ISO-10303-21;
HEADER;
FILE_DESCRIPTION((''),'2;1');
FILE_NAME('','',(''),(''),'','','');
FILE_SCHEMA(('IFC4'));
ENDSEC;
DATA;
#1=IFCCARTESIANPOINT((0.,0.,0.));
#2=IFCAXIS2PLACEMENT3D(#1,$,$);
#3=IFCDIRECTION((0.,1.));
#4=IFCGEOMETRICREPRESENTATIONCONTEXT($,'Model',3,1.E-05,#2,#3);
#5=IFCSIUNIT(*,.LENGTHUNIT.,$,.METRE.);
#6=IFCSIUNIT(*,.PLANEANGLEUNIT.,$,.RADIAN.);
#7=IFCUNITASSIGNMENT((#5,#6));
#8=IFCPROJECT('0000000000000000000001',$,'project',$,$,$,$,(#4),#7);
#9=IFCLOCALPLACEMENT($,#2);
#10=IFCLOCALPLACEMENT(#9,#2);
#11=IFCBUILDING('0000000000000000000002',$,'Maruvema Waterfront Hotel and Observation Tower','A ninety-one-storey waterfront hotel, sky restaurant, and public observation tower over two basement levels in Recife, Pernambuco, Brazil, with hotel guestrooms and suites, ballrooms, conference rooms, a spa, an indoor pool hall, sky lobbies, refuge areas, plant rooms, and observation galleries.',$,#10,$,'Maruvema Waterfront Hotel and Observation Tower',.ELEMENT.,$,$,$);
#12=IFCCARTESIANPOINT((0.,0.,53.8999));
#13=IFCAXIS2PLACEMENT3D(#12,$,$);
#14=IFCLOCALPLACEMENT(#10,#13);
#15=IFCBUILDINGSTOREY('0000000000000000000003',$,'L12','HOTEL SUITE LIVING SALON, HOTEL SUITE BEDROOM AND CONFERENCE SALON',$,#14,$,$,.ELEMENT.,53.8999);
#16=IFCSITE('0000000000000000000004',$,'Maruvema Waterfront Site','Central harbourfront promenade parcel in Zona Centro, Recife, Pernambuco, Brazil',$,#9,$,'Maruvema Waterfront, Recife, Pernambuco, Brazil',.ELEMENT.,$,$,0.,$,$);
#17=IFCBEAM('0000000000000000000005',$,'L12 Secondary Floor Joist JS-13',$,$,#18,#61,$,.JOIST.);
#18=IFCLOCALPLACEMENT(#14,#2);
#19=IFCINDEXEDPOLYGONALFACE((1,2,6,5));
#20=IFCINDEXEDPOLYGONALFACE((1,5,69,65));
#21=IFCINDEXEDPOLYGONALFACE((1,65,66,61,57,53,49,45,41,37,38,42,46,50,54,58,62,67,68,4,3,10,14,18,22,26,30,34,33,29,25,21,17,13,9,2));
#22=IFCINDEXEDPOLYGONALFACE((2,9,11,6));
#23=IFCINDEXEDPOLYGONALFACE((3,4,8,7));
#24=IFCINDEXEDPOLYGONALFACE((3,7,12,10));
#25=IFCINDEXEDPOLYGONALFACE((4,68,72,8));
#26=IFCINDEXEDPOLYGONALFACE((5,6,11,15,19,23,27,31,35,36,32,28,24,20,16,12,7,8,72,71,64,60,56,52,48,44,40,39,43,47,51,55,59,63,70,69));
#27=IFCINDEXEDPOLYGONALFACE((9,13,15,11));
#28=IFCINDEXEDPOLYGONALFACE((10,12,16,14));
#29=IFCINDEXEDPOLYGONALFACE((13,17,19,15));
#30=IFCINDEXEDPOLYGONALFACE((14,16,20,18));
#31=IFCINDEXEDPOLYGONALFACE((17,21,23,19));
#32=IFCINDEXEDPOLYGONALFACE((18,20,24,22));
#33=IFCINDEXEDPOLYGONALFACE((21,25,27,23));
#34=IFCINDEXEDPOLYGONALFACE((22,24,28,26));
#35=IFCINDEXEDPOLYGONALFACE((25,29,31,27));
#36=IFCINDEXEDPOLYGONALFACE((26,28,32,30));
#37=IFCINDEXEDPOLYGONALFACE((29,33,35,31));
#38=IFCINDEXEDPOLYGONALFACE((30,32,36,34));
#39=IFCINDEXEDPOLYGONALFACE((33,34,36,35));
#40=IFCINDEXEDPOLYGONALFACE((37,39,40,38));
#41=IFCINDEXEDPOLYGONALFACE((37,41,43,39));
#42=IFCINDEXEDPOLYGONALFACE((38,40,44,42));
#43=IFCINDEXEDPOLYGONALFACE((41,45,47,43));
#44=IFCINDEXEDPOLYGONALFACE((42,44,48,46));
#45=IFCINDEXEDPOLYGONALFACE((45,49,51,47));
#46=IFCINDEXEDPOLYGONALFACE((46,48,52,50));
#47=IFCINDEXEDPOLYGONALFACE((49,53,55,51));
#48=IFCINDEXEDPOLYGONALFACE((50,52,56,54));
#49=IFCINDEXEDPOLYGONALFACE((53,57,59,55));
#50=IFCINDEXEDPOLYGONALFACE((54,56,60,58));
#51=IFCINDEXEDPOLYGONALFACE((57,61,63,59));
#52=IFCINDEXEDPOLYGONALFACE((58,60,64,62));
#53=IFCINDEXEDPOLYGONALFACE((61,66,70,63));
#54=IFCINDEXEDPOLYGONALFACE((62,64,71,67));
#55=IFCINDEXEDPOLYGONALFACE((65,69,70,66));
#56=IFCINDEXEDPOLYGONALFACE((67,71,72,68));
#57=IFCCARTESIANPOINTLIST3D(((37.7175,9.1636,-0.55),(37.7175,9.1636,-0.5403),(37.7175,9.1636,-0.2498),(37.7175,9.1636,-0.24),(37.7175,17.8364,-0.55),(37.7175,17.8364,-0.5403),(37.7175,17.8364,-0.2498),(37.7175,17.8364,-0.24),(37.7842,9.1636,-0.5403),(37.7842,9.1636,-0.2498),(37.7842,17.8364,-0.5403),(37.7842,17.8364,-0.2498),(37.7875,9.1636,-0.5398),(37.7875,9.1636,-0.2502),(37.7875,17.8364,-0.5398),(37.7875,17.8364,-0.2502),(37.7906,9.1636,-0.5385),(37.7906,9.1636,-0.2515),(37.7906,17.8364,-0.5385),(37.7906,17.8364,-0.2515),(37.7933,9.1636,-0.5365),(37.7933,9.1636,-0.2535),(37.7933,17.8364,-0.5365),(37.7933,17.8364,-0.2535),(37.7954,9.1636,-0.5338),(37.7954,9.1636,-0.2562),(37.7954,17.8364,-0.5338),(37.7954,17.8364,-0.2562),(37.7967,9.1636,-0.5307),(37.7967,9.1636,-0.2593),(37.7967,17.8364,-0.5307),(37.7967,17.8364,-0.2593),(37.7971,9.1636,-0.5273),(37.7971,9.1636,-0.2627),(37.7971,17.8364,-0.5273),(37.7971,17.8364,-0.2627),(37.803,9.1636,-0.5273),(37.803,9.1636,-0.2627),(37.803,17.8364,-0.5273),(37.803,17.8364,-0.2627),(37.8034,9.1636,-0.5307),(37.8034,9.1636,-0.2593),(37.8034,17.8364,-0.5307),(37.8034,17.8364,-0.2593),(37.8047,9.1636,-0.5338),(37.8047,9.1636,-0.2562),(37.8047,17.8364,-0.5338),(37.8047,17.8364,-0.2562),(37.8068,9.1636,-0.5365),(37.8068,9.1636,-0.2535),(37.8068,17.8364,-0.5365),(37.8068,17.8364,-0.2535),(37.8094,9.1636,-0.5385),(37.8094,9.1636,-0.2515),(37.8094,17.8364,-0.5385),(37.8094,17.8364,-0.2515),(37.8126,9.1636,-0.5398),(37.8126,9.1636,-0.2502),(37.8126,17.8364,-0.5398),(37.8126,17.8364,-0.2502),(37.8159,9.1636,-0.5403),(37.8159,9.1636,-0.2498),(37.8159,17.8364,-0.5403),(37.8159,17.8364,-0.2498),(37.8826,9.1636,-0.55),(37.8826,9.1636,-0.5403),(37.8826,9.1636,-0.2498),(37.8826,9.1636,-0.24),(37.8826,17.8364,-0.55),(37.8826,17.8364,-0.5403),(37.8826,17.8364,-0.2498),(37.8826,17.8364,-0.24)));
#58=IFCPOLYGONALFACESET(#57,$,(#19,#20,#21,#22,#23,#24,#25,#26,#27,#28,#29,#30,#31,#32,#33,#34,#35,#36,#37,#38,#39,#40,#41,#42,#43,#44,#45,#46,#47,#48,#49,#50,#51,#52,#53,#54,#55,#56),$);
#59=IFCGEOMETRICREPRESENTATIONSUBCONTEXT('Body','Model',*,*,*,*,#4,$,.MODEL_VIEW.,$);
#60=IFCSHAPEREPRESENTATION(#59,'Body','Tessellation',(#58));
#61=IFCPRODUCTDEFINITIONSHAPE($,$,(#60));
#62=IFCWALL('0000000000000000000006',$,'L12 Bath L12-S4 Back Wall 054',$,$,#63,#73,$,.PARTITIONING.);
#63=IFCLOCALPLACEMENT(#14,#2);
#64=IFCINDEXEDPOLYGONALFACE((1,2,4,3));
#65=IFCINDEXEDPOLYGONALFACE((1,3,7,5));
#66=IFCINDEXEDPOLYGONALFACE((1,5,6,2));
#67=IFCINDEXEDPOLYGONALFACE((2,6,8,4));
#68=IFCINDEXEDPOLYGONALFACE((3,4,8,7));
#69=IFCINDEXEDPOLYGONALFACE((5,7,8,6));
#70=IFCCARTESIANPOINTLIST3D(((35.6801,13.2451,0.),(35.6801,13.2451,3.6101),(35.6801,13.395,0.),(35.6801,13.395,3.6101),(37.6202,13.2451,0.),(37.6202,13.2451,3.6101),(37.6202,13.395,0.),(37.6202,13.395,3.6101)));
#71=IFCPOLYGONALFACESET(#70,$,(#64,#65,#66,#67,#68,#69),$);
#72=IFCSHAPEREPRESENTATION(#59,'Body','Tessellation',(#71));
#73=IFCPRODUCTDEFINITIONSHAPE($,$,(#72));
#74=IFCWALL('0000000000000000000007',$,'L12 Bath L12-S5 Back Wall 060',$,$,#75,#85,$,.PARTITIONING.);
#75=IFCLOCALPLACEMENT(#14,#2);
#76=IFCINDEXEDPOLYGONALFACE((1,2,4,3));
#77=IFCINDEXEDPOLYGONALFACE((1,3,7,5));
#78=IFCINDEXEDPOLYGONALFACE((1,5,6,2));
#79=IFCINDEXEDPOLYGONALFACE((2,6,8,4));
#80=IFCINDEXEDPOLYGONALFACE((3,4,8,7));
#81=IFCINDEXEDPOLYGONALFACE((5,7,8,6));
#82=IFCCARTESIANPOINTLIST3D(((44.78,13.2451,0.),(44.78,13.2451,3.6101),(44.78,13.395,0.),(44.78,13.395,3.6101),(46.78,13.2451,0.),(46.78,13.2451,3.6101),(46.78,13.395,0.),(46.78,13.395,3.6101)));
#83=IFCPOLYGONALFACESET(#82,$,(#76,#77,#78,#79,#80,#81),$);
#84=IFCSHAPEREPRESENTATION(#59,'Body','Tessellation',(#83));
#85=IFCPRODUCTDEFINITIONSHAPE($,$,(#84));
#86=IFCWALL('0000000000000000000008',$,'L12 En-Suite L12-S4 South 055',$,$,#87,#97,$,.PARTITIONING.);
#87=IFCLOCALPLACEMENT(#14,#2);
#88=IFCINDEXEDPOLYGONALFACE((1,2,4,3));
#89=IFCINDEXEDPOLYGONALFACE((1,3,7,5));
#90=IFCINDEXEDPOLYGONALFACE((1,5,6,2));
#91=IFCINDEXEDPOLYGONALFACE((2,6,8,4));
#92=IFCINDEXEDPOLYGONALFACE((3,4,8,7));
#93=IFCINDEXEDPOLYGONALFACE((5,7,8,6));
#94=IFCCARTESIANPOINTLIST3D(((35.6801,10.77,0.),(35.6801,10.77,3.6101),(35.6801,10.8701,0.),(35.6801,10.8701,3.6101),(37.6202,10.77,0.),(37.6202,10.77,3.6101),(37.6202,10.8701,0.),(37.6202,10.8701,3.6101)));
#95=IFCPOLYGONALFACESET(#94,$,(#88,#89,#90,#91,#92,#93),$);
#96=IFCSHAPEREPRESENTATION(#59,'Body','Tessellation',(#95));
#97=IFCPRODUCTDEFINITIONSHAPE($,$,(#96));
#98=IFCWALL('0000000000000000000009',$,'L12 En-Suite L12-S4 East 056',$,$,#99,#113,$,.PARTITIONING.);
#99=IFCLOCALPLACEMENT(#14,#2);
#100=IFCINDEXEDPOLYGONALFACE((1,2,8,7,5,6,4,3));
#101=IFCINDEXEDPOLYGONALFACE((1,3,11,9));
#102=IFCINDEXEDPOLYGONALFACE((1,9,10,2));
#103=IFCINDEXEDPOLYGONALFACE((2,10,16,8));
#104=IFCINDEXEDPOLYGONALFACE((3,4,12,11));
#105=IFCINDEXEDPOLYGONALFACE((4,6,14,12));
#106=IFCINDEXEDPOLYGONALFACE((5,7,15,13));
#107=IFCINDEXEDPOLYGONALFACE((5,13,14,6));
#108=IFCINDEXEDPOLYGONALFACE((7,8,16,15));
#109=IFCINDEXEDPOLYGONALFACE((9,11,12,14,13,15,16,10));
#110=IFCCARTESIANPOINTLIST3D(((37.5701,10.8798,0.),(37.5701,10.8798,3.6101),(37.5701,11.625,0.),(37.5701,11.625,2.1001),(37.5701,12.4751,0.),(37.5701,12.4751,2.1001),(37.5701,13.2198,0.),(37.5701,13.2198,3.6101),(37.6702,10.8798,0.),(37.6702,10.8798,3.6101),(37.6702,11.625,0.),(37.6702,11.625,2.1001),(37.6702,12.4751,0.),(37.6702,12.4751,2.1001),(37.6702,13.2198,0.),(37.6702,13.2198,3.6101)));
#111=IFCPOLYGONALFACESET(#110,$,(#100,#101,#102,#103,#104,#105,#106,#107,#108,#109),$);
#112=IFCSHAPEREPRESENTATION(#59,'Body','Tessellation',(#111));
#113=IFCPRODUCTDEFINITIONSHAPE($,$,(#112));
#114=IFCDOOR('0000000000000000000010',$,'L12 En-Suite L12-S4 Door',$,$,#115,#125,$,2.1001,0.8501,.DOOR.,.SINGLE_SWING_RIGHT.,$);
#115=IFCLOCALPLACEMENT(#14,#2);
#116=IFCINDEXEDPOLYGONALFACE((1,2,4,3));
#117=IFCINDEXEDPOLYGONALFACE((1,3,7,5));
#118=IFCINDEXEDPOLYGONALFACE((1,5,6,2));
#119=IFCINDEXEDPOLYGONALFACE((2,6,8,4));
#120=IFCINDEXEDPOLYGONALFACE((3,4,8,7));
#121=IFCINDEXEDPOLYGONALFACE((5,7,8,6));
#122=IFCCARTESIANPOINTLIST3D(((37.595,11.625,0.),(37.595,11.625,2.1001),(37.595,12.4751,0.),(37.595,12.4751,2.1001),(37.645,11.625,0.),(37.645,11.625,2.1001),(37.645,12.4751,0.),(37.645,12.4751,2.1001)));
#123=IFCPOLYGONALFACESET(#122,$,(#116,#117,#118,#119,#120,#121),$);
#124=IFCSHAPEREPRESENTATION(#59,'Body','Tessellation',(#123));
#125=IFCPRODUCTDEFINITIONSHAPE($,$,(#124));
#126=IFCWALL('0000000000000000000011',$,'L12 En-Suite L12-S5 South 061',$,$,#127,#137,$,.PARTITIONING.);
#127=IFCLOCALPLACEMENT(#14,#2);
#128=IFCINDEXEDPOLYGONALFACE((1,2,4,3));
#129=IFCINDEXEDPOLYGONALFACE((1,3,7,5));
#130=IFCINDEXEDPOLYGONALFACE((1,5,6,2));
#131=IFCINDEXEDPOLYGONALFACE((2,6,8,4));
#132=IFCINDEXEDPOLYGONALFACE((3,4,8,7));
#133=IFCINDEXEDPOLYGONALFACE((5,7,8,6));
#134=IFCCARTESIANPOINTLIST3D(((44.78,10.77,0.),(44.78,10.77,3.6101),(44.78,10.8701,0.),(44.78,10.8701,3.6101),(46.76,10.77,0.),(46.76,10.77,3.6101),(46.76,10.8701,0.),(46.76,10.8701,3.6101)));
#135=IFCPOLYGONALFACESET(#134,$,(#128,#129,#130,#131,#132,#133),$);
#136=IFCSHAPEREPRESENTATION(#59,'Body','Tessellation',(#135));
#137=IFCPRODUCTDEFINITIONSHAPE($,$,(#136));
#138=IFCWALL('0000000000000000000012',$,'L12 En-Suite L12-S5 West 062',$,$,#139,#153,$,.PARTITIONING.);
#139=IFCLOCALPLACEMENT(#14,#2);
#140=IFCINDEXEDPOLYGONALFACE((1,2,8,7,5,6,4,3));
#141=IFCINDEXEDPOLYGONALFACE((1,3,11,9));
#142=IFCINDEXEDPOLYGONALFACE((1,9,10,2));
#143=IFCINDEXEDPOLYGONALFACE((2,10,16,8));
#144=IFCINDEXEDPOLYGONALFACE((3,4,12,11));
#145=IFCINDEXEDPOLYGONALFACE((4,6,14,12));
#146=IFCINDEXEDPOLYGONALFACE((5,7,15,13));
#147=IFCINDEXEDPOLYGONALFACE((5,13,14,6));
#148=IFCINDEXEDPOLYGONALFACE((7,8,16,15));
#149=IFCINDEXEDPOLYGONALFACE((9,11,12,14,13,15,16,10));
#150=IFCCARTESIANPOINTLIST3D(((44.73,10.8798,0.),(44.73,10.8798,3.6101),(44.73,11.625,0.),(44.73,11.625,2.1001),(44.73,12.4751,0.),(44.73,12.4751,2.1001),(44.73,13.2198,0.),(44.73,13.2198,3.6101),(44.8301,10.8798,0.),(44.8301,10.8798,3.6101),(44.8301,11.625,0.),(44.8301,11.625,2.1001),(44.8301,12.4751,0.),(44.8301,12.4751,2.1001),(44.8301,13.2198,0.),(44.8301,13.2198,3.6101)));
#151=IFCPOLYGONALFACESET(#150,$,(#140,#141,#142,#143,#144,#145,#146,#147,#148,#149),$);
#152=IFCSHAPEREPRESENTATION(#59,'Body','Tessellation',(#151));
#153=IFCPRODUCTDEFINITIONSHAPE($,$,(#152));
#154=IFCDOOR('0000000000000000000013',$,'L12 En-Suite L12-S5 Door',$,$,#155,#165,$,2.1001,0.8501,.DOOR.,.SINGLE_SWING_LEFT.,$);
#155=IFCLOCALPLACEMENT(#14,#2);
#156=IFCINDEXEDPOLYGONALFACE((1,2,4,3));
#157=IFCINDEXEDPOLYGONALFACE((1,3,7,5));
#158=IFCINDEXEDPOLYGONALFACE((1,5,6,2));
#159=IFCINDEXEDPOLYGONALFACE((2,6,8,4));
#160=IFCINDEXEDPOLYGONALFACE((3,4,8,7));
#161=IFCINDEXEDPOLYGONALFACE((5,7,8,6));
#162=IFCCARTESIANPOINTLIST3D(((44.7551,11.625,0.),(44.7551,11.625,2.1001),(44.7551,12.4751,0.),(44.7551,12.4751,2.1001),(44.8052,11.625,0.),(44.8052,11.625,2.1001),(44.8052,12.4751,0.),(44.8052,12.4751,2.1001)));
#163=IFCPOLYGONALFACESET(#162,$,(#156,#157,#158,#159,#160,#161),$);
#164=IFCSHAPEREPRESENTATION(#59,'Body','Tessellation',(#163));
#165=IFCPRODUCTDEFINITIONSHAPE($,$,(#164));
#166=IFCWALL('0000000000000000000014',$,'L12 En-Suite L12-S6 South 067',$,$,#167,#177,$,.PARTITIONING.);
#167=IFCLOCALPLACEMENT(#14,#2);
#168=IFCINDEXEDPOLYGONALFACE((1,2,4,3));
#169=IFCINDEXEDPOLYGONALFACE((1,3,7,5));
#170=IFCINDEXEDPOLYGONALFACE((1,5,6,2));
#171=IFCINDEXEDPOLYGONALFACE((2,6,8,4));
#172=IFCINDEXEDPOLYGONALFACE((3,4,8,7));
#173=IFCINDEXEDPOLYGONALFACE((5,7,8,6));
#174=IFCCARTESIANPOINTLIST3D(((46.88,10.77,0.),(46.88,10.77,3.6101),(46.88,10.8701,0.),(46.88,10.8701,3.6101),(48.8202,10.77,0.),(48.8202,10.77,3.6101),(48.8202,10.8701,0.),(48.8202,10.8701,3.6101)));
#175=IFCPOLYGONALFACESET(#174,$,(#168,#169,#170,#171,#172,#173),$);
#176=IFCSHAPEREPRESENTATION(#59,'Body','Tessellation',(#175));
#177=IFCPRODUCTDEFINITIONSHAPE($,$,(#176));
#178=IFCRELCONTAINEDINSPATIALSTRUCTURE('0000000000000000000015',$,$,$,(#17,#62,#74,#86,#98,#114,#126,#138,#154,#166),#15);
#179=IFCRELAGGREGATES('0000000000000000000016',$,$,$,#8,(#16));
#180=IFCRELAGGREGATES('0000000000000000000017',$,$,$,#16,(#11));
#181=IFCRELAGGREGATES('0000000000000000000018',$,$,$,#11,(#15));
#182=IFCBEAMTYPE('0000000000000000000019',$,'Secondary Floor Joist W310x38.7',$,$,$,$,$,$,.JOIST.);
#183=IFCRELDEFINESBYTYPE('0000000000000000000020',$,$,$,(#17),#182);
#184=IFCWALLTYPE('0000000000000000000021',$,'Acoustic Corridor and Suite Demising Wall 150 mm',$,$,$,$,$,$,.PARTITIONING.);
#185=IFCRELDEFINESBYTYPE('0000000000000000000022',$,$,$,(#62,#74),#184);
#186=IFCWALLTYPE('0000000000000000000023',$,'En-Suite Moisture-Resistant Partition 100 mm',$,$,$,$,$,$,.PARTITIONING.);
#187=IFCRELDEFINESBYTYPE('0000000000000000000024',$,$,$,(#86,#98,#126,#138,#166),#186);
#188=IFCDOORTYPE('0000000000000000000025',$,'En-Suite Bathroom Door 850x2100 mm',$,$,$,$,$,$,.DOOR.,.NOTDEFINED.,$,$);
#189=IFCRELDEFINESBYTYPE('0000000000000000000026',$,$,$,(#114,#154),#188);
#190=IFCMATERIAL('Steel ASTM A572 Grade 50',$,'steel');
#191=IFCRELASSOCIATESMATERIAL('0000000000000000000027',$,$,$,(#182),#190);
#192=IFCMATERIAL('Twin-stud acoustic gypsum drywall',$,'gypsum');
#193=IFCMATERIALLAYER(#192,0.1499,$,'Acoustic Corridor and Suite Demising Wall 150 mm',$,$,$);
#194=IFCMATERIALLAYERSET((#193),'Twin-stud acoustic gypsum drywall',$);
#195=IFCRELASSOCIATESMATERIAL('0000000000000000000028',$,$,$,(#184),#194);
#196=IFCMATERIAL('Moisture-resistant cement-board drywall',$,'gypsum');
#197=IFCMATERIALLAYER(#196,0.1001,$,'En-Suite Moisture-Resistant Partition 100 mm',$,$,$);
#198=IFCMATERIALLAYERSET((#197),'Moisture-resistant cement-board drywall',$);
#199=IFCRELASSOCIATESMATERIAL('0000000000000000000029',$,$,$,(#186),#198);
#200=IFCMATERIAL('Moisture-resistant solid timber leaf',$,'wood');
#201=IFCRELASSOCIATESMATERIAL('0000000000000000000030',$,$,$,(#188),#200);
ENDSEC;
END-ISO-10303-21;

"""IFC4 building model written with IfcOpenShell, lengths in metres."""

from ifc_helpers import new_model, si_unit, direction, frame, frame_2d, origin, origin_2d, place, context, subcontext, project, spatial, rectangle, i_section, extrude, material, layer, layer_set, material_profile, profile_set, type_object, element, fill, save


model = new_model("IFC4")

# Units and contexts
model_context = context("Model", 3, precision=1e-05, world=origin(), true_north=direction((0.0, 1.0)))
body_context = subcontext(model_context, "Body", "Model", "MODEL_VIEW")
ifc_project = project(units=[si_unit("LENGTHUNIT", "METRE"), si_unit("PLANEANGLEUNIT", "RADIAN")], contexts=[model_context])

# Site, building, storey
site_placement = place(None, origin())
site = spatial("IfcSite", under=ifc_project, at=site_placement, Name="Maruvema Waterfront Site", Description="Central harbourfront promenade parcel in Zona Centro, Recife, Pernambuco, Brazil", LongName="Maruvema Waterfront, Recife, Pernambuco, Brazil", CompositionType="ELEMENT", RefElevation=0.0)
building_placement = place(site_placement, origin())
building = spatial("IfcBuilding", under=site, at=building_placement, Name="Maruvema Waterfront Hotel and Observation Tower", Description="A ninety-one-storey waterfront hotel, sky restaurant, and public observation tower over two basement levels in Recife, Pernambuco, Brazil, with hotel guestrooms and suites, ballrooms, conference rooms, a spa, an indoor pool hall, sky lobbies, refuge areas, plant rooms, and observation galleries.", LongName="Maruvema Waterfront Hotel and Observation Tower", CompositionType="ELEMENT")
storey_placement = place(building_placement, frame((0.0, 0.0, 53.8999)))
storey = spatial("IfcBuildingStorey", under=building, at=storey_placement, Name="L12", Description="HOTEL SUITE LIVING SALON, HOTEL SUITE BEDROOM AND CONFERENCE SALON", CompositionType="ELEMENT", Elevation=53.8999)

# Beam
ifc_material_1 = material(Name="Steel ASTM A572 Grade 50", Category="steel")
ifc_material_profile_1 = material_profile(ifc_material_1, i_section(OverallWidth=0.165, OverallDepth=0.3101, WebThickness=0.0059, FlangeThickness=0.0098, FilletRadius=0.0129, at=origin_2d()), Name="W310x38.7")
ifc_profile_set_1 = profile_set([ifc_material_profile_1], Name="Steel ASTM A572 Grade 50")
beam_type_1 = type_object("IfcBeamType", Name="Secondary Floor Joist W310x38.7", PredefinedType="JOIST", material=ifc_profile_set_1)
beam_1_placement = place(storey_placement, frame((37.8, 9.1636, -0.395), z_axis=(0.0, 1.0, 0.0), x_axis=(-1.0, 0.0, 0.0)))
element("IfcBeam", 1, at=beam_1_placement, inside=storey, type_object=beam_type_1, Name="L12 Secondary Floor Joist JS-13", PredefinedType="JOIST", context=body_context, shape_type="SweptSolid", body=[
    extrude(i_section(OverallWidth=0.165, OverallDepth=0.3101, WebThickness=0.0059, FlangeThickness=0.0098, FilletRadius=0.0129, at=origin_2d()), origin(), (0.0, 0.0, 1.0), 8.6729),
])

# Wall
ifc_material_2 = material(Name="Twin-stud acoustic gypsum drywall", Category="gypsum")
ifc_layer_1 = layer(ifc_material_2, 0.1499, Name="Acoustic Corridor and Suite Demising Wall 150 mm")
ifc_layer_set_1 = layer_set([ifc_layer_1], Name="Twin-stud acoustic gypsum drywall")
wall_type_1 = type_object("IfcWallType", Name="Acoustic Corridor and Suite Demising Wall 150 mm", PredefinedType="PARTITIONING", material=ifc_layer_set_1)
wall_1_placement = place(storey_placement, frame((35.6799, 13.3201, 0.0), z_axis=(0.0, 0.0, 1.0), x_axis=(1.0, 0.0, 0.0)))
element("IfcWall", 2, at=wall_1_placement, inside=storey, type_object=wall_type_1, Name="L12 Bath L12-S4 Back Wall 054", PredefinedType="PARTITIONING", context=body_context, shape_type="SweptSolid", body=[
    extrude(rectangle(XDim=1.9402, YDim=0.1499, at=frame_2d((0.9702, 0.0))), origin(), (0.0, 0.0, 1.0), 3.6101),
])

# Wall
wall_2_placement = place(storey_placement, frame((44.78, 13.3201, 0.0), z_axis=(0.0, 0.0, 1.0), x_axis=(1.0, 0.0, 0.0)))
element("IfcWall", 3, at=wall_2_placement, inside=storey, type_object=wall_type_1, Name="L12 Bath L12-S5 Back Wall 060", PredefinedType="PARTITIONING", context=body_context, shape_type="SweptSolid", body=[
    extrude(rectangle(XDim=2.0, YDim=0.1499, at=frame_2d((1.0, 0.0))), origin(), (0.0, 0.0, 1.0), 3.6101),
])

# Wall
ifc_material_3 = material(Name="Moisture-resistant cement-board drywall", Category="gypsum")
ifc_layer_2 = layer(ifc_material_3, 0.1001, Name="En-Suite Moisture-Resistant Partition 100 mm")
ifc_layer_set_2 = layer_set([ifc_layer_2], Name="Moisture-resistant cement-board drywall")
wall_type_2 = type_object("IfcWallType", Name="En-Suite Moisture-Resistant Partition 100 mm", PredefinedType="PARTITIONING", material=ifc_layer_set_2)
wall_3_placement = place(storey_placement, frame((35.6799, 10.8201, 0.0), z_axis=(0.0, 0.0, 1.0), x_axis=(1.0, 0.0, 0.0)))
element("IfcWall", 4, at=wall_3_placement, inside=storey, type_object=wall_type_2, Name="L12 En-Suite L12-S4 South 055", PredefinedType="PARTITIONING", context=body_context, shape_type="SweptSolid", body=[
    extrude(rectangle(XDim=1.9402, YDim=0.1001, at=frame_2d((0.9702, 0.0))), origin(), (0.0, 0.0, 1.0), 3.6101),
])

# Wall, opening, door
wall_4_placement = place(storey_placement, frame((37.6201, 10.8799, 0.0), z_axis=(0.0, 0.0, 1.0), x_axis=(0.0, 1.0, 0.0)))
wall_4 = element("IfcWall", 5, at=wall_4_placement, inside=storey, type_object=wall_type_2, Name="L12 En-Suite L12-S4 East 056", PredefinedType="PARTITIONING", context=body_context, shape_type="SweptSolid", body=[
    extrude(rectangle(XDim=2.3401, YDim=0.1001, at=frame_2d((1.1699, 0.0))), origin(), (0.0, 0.0, 1.0), 3.6101),
])
opening_1_placement = place(wall_4_placement, frame((0.7451, 0.0, 0.0)))
opening_1 = element("IfcOpeningElement", 6, at=opening_1_placement, cuts=wall_4, PredefinedType="OPENING", context=body_context, shape_type="SweptSolid", body=[
    extrude(rectangle(XDim=0.8501, YDim=2.1001, at=frame_2d((0.425, 1.05))), frame((0.0, 0.0601, 0.0), z_axis=(0.0, -1.0, 0.0), x_axis=(1.0, 0.0, 0.0)), (0.0, 0.0, 1.0), 0.1201),
])
ifc_material_4 = material(Name="Moisture-resistant solid timber leaf", Category="wood")
door_type_1 = type_object("IfcDoorType", Name="En-Suite Bathroom Door 850x2100 mm", OperationType="NOTDEFINED", PredefinedType="DOOR", material=ifc_material_4)
door_1_placement = place(opening_1_placement, frame((0.8501, 0.0, 0.0), z_axis=(0.0, 0.0, 1.0), x_axis=(-1.0, 0.0, 0.0)))
door_1 = element("IfcDoor", 7, at=door_1_placement, inside=storey, type_object=door_type_1, Name="L12 En-Suite L12-S4 Door", OperationType="SINGLE_SWING_RIGHT", OverallHeight=2.1001, OverallWidth=0.8501, PredefinedType="DOOR", context=body_context, shape_type="SweptSolid", body=[
    extrude(rectangle(XDim=0.8501, YDim=2.1001, at=frame_2d((0.425, 1.05))), frame((0.0, 0.0249, 0.0), z_axis=(0.0, -1.0, 0.0), x_axis=(1.0, 0.0, 0.0)), (0.0, 0.0, 1.0), 0.05),
])
fill(opening_1, door_1)

# Wall
wall_5_placement = place(storey_placement, frame((44.78, 10.8201, 0.0), z_axis=(0.0, 0.0, 1.0), x_axis=(1.0, 0.0, 0.0)))
element("IfcWall", 8, at=wall_5_placement, inside=storey, type_object=wall_type_2, Name="L12 En-Suite L12-S5 South 061", PredefinedType="PARTITIONING", context=body_context, shape_type="SweptSolid", body=[
    extrude(rectangle(XDim=1.98, YDim=0.1001, at=frame_2d((0.99, 0.0))), origin(), (0.0, 0.0, 1.0), 3.6101),
])

# Wall, opening, door
wall_6_placement = place(storey_placement, frame((44.78, 10.8799, 0.0), z_axis=(0.0, 0.0, 1.0), x_axis=(0.0, 1.0, 0.0)))
wall_6 = element("IfcWall", 9, at=wall_6_placement, inside=storey, type_object=wall_type_2, Name="L12 En-Suite L12-S5 West 062", PredefinedType="PARTITIONING", context=body_context, shape_type="SweptSolid", body=[
    extrude(rectangle(XDim=2.3401, YDim=0.1001, at=frame_2d((1.1699, 0.0))), origin(), (0.0, 0.0, 1.0), 3.6101),
])
opening_2_placement = place(wall_6_placement, frame((0.7451, 0.0, 0.0)))
opening_2 = element("IfcOpeningElement", 10, at=opening_2_placement, cuts=wall_6, PredefinedType="OPENING", context=body_context, shape_type="SweptSolid", body=[
    extrude(rectangle(XDim=0.8501, YDim=2.1001, at=frame_2d((0.425, 1.05))), frame((0.0, 0.0601, 0.0), z_axis=(0.0, -1.0, 0.0), x_axis=(1.0, 0.0, 0.0)), (0.0, 0.0, 1.0), 0.1201),
])
door_2_placement = place(opening_2_placement, origin())
door_2 = element("IfcDoor", 11, at=door_2_placement, inside=storey, type_object=door_type_1, Name="L12 En-Suite L12-S5 Door", OperationType="SINGLE_SWING_LEFT", OverallHeight=2.1001, OverallWidth=0.8501, PredefinedType="DOOR", context=body_context, shape_type="SweptSolid", body=[
    extrude(rectangle(XDim=0.8501, YDim=2.1001, at=frame_2d((0.425, 1.05))), frame((0.0, 0.0249, 0.0), z_axis=(0.0, -1.0, 0.0), x_axis=(1.0, 0.0, 0.0)), (0.0, 0.0, 1.0), 0.05),
])
fill(opening_2, door_2)

# Wall
wall_7_placement = place(storey_placement, frame((46.8799, 10.8201, 0.0), z_axis=(0.0, 0.0, 1.0), x_axis=(1.0, 0.0, 0.0)))
element("IfcWall", 12, at=wall_7_placement, inside=storey, type_object=wall_type_2, Name="L12 En-Suite L12-S6 South 067", PredefinedType="PARTITIONING", context=body_context, shape_type="SweptSolid", body=[
    extrude(rectangle(XDim=1.9402, YDim=0.1001, at=frame_2d((0.9702, 0.0))), origin(), (0.0, 0.0, 1.0), 3.6101),
])

save(model, "model.ifc")
